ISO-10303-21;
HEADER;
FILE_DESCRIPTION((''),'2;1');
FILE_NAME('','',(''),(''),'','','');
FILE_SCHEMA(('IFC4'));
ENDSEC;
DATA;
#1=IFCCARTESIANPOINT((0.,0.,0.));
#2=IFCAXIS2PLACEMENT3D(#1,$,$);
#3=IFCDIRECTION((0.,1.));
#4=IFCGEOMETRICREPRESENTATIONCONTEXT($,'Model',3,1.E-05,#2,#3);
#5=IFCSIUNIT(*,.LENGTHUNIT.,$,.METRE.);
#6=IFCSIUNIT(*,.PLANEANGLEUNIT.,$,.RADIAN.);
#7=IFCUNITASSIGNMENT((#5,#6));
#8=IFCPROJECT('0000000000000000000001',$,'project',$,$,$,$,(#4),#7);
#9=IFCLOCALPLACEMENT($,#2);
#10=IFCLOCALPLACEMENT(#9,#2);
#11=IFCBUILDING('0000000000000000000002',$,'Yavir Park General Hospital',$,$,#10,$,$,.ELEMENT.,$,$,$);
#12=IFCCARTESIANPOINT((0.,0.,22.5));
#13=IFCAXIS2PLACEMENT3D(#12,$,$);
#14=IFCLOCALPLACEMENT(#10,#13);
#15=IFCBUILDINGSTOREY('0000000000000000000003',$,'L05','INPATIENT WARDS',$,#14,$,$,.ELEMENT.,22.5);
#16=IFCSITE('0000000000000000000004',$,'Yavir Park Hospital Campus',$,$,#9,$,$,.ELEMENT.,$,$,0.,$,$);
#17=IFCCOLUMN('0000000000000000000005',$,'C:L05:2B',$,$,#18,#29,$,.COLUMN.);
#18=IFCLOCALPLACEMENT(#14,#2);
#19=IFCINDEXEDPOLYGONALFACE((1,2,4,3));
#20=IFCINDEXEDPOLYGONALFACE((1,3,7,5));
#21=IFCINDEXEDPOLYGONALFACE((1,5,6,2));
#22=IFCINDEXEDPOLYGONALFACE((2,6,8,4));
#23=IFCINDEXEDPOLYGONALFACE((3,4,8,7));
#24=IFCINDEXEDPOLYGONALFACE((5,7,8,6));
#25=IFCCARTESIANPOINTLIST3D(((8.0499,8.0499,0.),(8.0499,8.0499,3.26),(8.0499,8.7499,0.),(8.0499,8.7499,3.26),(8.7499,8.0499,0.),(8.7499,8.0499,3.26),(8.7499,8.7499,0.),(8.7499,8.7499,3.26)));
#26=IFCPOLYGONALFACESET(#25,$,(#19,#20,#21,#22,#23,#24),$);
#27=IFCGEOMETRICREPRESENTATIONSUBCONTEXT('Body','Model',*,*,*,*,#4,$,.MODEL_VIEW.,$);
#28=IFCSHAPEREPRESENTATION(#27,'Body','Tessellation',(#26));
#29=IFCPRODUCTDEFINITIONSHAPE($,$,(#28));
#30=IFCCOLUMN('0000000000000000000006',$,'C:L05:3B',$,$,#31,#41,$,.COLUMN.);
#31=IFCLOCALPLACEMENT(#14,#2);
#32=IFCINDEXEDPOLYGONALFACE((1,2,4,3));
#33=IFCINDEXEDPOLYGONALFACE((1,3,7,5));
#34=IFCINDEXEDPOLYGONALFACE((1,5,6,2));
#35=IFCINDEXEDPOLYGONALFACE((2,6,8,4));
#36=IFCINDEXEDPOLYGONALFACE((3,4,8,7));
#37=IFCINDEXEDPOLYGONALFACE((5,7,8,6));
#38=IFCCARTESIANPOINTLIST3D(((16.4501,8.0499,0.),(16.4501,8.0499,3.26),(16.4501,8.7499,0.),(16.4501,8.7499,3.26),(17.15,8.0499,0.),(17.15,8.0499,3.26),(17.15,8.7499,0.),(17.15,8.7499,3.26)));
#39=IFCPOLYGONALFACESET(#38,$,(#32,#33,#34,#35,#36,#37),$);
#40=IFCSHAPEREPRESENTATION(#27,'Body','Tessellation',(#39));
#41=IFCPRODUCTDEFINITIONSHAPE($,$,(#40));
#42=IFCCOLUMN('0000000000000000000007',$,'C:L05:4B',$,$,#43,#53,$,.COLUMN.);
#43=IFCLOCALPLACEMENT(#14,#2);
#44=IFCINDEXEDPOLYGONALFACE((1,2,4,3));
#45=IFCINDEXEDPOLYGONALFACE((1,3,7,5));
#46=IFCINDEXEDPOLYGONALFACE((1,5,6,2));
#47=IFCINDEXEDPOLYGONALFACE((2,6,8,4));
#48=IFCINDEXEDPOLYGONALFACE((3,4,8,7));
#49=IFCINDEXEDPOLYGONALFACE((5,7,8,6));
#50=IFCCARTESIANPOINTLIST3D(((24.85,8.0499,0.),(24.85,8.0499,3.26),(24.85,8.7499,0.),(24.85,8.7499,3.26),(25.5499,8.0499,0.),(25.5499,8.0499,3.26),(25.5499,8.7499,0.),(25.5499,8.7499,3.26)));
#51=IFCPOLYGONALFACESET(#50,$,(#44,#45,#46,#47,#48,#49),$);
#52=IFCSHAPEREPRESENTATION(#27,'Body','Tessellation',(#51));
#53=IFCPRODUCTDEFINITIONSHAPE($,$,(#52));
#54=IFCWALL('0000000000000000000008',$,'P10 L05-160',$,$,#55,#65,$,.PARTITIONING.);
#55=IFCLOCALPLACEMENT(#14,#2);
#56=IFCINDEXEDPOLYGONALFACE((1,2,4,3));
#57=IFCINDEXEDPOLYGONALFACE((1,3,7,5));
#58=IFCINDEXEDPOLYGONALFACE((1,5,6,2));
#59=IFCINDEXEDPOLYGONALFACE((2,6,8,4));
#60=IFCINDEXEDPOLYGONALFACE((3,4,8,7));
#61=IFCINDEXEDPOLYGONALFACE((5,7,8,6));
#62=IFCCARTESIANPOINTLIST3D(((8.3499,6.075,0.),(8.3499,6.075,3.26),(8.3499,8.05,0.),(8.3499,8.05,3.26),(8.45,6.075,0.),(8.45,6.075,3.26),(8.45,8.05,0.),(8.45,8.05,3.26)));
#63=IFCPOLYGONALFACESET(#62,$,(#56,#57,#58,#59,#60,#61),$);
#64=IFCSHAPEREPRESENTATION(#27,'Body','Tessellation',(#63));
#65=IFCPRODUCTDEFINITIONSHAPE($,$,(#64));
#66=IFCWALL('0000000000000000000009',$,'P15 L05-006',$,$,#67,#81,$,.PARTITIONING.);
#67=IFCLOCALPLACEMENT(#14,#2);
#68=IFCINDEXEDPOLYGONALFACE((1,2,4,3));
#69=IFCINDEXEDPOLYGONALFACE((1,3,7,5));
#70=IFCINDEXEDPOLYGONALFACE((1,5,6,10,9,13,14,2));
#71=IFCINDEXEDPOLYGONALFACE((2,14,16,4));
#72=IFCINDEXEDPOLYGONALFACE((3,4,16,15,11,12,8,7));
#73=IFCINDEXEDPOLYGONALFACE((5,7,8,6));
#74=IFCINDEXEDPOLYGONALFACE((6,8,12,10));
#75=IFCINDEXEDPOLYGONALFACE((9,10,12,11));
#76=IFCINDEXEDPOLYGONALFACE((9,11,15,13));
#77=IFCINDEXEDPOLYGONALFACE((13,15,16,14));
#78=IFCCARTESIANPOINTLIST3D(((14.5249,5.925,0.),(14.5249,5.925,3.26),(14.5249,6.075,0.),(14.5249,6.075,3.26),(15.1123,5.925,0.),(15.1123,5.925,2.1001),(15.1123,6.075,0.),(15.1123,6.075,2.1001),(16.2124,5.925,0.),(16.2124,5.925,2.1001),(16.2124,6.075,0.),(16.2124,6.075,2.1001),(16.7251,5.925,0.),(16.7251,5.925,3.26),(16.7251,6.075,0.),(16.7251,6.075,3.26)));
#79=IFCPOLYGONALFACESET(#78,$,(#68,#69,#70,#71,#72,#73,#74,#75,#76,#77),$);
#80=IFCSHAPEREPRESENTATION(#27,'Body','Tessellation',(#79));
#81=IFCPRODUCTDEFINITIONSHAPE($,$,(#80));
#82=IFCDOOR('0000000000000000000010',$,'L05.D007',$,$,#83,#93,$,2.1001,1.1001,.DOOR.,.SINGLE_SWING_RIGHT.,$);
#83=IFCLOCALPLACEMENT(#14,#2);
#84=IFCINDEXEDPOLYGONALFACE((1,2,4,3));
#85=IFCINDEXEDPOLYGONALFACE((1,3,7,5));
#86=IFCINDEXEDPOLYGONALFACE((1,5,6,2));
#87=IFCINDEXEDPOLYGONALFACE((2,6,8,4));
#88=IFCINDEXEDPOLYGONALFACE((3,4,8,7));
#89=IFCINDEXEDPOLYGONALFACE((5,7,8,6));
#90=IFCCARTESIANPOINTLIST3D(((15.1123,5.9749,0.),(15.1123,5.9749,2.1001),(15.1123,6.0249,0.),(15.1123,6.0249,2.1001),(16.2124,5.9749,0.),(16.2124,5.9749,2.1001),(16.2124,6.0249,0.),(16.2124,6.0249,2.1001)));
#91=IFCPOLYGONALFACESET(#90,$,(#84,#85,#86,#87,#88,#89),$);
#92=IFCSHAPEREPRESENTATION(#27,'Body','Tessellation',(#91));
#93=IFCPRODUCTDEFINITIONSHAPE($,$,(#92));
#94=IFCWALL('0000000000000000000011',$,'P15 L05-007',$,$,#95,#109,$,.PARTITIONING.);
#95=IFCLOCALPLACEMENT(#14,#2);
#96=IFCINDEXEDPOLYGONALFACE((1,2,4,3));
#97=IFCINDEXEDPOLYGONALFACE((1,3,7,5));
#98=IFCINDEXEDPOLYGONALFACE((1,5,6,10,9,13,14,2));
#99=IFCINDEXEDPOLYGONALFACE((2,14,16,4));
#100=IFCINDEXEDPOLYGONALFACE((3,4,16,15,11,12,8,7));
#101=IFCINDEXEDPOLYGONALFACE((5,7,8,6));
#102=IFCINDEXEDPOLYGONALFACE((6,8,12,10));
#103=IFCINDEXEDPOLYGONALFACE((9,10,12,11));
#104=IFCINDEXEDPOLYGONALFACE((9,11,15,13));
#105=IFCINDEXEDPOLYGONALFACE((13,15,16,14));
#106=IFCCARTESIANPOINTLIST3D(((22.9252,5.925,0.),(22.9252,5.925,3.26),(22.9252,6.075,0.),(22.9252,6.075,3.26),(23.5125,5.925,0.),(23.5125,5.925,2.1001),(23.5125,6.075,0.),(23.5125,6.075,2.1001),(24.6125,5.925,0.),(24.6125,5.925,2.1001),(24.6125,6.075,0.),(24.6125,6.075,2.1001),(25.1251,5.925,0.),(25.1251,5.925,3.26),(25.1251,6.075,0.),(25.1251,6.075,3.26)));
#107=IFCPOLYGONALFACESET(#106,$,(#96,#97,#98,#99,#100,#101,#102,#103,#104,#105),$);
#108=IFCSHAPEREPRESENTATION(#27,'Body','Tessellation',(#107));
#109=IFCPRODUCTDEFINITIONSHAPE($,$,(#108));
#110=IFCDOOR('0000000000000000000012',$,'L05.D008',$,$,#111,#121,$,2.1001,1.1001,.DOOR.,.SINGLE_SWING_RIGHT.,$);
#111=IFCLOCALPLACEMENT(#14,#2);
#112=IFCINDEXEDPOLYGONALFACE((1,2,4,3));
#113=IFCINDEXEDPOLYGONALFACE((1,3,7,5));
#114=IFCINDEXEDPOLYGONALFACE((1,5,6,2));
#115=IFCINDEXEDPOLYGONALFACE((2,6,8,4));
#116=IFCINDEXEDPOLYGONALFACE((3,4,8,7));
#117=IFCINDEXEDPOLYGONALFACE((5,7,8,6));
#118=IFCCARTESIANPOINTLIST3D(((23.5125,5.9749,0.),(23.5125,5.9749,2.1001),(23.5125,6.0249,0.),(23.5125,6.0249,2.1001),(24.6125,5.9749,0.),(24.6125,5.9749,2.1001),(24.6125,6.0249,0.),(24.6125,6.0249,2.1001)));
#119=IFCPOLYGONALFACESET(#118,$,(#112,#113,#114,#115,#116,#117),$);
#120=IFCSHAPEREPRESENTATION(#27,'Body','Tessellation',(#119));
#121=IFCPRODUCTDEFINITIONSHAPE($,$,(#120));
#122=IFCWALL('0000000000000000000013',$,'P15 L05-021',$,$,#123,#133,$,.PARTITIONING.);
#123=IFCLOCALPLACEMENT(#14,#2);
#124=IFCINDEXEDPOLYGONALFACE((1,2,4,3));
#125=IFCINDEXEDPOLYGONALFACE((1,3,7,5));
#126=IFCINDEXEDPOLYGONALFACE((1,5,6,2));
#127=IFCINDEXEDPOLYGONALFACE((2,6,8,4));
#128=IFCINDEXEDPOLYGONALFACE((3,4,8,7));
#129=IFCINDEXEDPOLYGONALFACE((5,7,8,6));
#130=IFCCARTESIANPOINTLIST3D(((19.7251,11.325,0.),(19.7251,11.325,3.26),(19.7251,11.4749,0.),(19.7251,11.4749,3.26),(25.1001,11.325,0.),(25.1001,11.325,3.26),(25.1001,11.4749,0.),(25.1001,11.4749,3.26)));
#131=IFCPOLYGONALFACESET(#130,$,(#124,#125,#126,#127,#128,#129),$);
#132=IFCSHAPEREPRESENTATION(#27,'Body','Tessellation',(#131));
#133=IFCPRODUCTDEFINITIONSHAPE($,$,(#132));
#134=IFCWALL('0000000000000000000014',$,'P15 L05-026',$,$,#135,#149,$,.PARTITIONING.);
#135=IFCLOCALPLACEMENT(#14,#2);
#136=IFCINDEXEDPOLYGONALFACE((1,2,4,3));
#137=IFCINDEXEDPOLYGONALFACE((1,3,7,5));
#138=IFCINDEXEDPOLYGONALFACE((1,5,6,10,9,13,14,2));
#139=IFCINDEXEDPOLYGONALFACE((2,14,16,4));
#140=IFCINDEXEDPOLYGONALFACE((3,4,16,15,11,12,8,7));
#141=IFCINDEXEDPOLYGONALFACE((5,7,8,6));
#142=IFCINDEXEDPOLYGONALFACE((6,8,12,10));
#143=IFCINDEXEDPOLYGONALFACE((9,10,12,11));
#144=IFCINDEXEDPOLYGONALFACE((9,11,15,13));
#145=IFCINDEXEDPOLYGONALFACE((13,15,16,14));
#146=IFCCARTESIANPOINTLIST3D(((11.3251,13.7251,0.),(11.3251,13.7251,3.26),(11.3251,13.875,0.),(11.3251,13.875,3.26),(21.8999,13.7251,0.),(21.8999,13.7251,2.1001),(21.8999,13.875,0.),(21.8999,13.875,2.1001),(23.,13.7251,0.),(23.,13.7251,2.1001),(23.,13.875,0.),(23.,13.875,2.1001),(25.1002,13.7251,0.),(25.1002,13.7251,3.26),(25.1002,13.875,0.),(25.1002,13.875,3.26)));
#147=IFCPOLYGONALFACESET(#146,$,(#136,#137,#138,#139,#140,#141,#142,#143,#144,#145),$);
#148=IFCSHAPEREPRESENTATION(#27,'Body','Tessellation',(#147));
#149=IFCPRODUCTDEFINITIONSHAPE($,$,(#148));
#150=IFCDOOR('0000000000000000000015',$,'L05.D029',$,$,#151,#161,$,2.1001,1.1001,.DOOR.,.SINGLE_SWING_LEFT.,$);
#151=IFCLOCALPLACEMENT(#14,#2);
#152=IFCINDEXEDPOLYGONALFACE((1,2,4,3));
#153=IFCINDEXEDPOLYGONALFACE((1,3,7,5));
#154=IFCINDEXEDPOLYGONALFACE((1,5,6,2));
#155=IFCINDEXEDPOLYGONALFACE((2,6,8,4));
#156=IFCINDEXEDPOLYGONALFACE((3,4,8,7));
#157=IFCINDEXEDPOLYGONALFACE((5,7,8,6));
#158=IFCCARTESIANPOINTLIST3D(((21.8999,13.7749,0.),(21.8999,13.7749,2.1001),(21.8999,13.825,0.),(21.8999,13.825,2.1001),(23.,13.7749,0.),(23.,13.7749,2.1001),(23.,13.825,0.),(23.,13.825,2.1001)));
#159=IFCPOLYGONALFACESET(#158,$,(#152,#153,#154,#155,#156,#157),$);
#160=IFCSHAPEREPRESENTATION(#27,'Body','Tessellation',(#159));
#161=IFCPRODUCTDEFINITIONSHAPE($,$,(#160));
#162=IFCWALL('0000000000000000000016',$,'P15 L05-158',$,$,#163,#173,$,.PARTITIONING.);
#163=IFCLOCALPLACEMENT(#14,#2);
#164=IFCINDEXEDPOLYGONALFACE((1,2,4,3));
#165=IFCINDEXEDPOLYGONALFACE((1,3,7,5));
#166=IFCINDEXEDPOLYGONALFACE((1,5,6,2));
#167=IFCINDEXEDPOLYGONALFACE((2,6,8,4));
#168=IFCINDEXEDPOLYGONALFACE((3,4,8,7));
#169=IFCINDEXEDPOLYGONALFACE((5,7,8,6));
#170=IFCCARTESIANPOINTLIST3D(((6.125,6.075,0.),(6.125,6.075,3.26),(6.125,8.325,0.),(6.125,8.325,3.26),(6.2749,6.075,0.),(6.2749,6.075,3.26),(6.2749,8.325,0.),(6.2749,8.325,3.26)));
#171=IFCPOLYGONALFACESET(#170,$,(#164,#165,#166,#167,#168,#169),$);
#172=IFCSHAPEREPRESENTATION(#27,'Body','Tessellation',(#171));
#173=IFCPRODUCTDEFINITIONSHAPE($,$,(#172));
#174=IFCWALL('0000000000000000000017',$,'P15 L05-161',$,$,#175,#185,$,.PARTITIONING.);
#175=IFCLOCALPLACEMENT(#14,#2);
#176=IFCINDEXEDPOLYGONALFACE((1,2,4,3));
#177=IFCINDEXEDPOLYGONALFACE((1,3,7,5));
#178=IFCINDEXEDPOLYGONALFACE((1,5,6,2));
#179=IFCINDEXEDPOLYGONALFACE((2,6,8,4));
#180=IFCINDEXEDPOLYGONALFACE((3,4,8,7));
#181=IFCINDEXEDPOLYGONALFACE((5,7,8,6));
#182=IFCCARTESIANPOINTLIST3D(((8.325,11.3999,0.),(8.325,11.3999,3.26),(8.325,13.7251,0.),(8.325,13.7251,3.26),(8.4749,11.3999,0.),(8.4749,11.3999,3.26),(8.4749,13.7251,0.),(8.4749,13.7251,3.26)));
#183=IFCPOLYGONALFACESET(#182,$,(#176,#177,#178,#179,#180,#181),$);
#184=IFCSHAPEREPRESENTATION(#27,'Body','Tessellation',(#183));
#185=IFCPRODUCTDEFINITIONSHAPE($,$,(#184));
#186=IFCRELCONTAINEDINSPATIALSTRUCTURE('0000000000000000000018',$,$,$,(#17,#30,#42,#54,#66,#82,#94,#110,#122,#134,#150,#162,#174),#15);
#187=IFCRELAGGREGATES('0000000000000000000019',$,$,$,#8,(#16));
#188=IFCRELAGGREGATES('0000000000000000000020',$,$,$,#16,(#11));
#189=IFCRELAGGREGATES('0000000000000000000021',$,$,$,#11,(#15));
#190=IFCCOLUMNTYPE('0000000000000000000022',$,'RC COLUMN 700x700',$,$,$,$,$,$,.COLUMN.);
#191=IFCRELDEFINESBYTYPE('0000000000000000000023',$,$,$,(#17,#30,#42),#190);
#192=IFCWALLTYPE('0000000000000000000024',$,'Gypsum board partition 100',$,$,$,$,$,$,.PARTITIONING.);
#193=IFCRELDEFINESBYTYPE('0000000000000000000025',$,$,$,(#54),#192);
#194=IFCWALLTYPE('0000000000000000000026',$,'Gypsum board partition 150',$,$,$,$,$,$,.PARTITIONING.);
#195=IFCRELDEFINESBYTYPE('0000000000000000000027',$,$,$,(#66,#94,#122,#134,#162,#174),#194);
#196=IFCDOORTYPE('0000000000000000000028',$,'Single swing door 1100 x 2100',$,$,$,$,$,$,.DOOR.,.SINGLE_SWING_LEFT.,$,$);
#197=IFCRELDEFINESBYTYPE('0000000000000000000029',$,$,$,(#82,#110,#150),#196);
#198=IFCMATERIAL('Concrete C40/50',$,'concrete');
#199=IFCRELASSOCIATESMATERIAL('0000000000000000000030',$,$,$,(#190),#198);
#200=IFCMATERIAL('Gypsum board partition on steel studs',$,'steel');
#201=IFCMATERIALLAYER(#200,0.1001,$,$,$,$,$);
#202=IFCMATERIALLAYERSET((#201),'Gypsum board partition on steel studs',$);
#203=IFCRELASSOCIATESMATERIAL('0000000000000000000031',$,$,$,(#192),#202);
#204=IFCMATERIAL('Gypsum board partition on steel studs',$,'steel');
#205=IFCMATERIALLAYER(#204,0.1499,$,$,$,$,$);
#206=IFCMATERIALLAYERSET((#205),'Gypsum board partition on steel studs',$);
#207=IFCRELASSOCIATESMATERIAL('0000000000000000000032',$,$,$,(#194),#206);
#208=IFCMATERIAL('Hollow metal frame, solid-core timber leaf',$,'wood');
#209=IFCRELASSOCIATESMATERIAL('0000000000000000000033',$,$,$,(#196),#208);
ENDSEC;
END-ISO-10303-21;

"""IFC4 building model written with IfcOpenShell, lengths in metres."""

from ifc_helpers import new_model, si_unit, direction, frame, frame_2d, origin, origin_2d, place, context, subcontext, project, spatial, rectangle, extrude, material, layer, layer_set, material_profile, profile_set, type_object, element, fill, save


model = new_model("IFC4")

# Units and contexts
model_context = context("Model", 3, precision=1e-05, world=origin(), true_north=direction((0.0, 1.0)))
body_context = subcontext(model_context, "Body", "Model", "MODEL_VIEW")
ifc_project = project(units=[si_unit("LENGTHUNIT", "METRE"), si_unit("PLANEANGLEUNIT", "RADIAN")], contexts=[model_context])

# Site, building, storey
site_placement = place(None, origin())
site = spatial("IfcSite", under=ifc_project, at=site_placement, Name="Yavir Park Hospital Campus", CompositionType="ELEMENT", RefElevation=0.0)
building_placement = place(site_placement, origin())
building = spatial("IfcBuilding", under=site, at=building_placement, Name="Yavir Park General Hospital", CompositionType="ELEMENT")
storey_placement = place(building_placement, frame((0.0, 0.0, 22.5)))
storey = spatial("IfcBuildingStorey", under=building, at=storey_placement, Name="L05", Description="INPATIENT WARDS", CompositionType="ELEMENT", Elevation=22.5)

# Columns
ifc_material_1 = material(Name="Concrete C40/50", Category="concrete")
ifc_material_profile = material_profile(ifc_material_1, rectangle(XDim=0.7, YDim=0.7, at=origin_2d()), Name="RC700x700")
ifc_profile_set = profile_set([ifc_material_profile], Name="Concrete C40/50")
column_type = type_object("IfcColumnType", Name="RC COLUMN 700x700", PredefinedType="COLUMN", material=ifc_profile_set)
for number, where, z_axis, x_axis, name in (
    (1, (8.3999, 8.3999, 0.0), (0.0, 0.0, 1.0), (1.0, 0.0, 0.0), "C:L05:2B"),
    (2, (16.8, 8.3999, 0.0), (0.0, 0.0, 1.0), (1.0, 0.0, 0.0), "C:L05:3B"),
    (3, (25.2, 8.3999, 0.0), (0.0, 0.0, 1.0), (1.0, 0.0, 0.0), "C:L05:4B"),
):
    element("IfcColumn", number, at=place(storey_placement, frame(where, z_axis=z_axis, x_axis=x_axis)), inside=storey, type_object=column_type, Name=name, PredefinedType="COLUMN", context=body_context, shape_type="SweptSolid", body=[
        extrude(rectangle(XDim=0.7, YDim=0.7, at=origin_2d()), origin(), (0.0, 0.0, 1.0), 3.26),
    ])

# Wall
ifc_material_2 = material(Name="Gypsum board partition on steel studs", Category="steel")
ifc_layer_1 = layer(ifc_material_2, 0.1001)
ifc_layer_set_1 = layer_set([ifc_layer_1], Name="Gypsum board partition on steel studs")
wall_type_1 = type_object("IfcWallType", Name="Gypsum board partition 100", PredefinedType="PARTITIONING", material=ifc_layer_set_1)
wall_1_placement = place(storey_placement, frame((8.3999, 6.075, 0.0), z_axis=(0.0, 0.0, 1.0), x_axis=(0.0, 1.0, 0.0)))
element("IfcWall", 4, at=wall_1_placement, inside=storey, type_object=wall_type_1, Name="P10 L05-160", PredefinedType="PARTITIONING", context=body_context, shape_type="SweptSolid", body=[
    extrude(rectangle(XDim=1.9751, YDim=0.1001, at=frame_2d((0.9875, 0.0))), origin(), (0.0, 0.0, 1.0), 3.26),
])

# Walls, openings, doors
ifc_material_3 = material(Name="Gypsum board partition on steel studs", Category="steel")
ifc_layer_2 = layer(ifc_material_3, 0.1499)
ifc_layer_set_2 = layer_set([ifc_layer_2], Name="Gypsum board partition on steel studs")
wall_type_2 = type_object("IfcWallType", Name="Gypsum board partition 150", PredefinedType="PARTITIONING", material=ifc_layer_set_2)
wall_2_placement = place(storey_placement, frame((14.5249, 6.0, 0.0), z_axis=(0.0, 0.0, 1.0), x_axis=(1.0, 0.0, 0.0)))
wall_2 = element("IfcWall", 5, at=wall_2_placement, inside=storey, type_object=wall_type_2, Name="P15 L05-006", PredefinedType="PARTITIONING", context=body_context, shape_type="SweptSolid", body=[
    extrude(rectangle(XDim=2.2002, YDim=0.1499, at=frame_2d((1.1001, 0.0))), origin(), (0.0, 0.0, 1.0), 3.26),
])
opening_1_placement = place(wall_2_placement, frame((0.5874, 0.0, 0.0)))
opening_1 = element("IfcOpeningElement", 6, at=opening_1_placement, cuts=wall_2, PredefinedType="OPENING", context=body_context, shape_type="SweptSolid", body=[
    extrude(rectangle(XDim=1.1001, YDim=2.1001, at=frame_2d((0.55, 1.05))), frame((0.0, 0.085, 0.0), z_axis=(0.0, -1.0, 0.0), x_axis=(1.0, 0.0, 0.0)), (0.0, 0.0, 1.0), 0.1699),
])
ifc_material_4 = material(Name="Hollow metal frame, solid-core timber leaf", Category="wood")
door_type_1 = type_object("IfcDoorType", Name="Single swing door 1100 x 2100", OperationType="SINGLE_SWING_LEFT", PredefinedType="DOOR", material=ifc_material_4)
door_1_placement = place(opening_1_placement, origin())
door_1 = element("IfcDoor", 7, at=door_1_placement, inside=storey, type_object=door_type_1, Name="L05.D007", OperationType="SINGLE_SWING_RIGHT", OverallHeight=2.1001, OverallWidth=1.1001, PredefinedType="DOOR", context=body_context, shape_type="SweptSolid", body=[
    extrude(rectangle(XDim=1.1001, YDim=2.1001, at=frame_2d((0.55, 1.05))), frame((0.0, 0.0249, 0.0), z_axis=(0.0, -1.0, 0.0), x_axis=(1.0, 0.0, 0.0)), (0.0, 0.0, 1.0), 0.05),
])
fill(opening_1, door_1)
wall_3_placement = place(storey_placement, frame((22.925, 6.0, 0.0), z_axis=(0.0, 0.0, 1.0), x_axis=(1.0, 0.0, 0.0)))
wall_3 = element("IfcWall", 8, at=wall_3_placement, inside=storey, type_object=wall_type_2, Name="P15 L05-007", PredefinedType="PARTITIONING", context=body_context, shape_type="SweptSolid", body=[
    extrude(rectangle(XDim=2.2, YDim=0.1499, at=frame_2d((1.1001, 0.0))), origin(), (0.0, 0.0, 1.0), 3.26),
])
opening_2_placement = place(wall_3_placement, frame((0.5874, 0.0, 0.0)))
opening_2 = element("IfcOpeningElement", 9, at=opening_2_placement, cuts=wall_3, PredefinedType="OPENING", context=body_context, shape_type="SweptSolid", body=[
    extrude(rectangle(XDim=1.1001, YDim=2.1001, at=frame_2d((0.55, 1.05))), frame((0.0, 0.085, 0.0), z_axis=(0.0, -1.0, 0.0), x_axis=(1.0, 0.0, 0.0)), (0.0, 0.0, 1.0), 0.1699),
])
door_2_placement = place(opening_2_placement, origin())
door_2 = element("IfcDoor", 10, at=door_2_placement, inside=storey, type_object=door_type_1, Name="L05.D008", OperationType="SINGLE_SWING_RIGHT", OverallHeight=2.1001, OverallWidth=1.1001, PredefinedType="DOOR", context=body_context, shape_type="SweptSolid", body=[
    extrude(rectangle(XDim=1.1001, YDim=2.1001, at=frame_2d((0.55, 1.05))), frame((0.0, 0.0249, 0.0), z_axis=(0.0, -1.0, 0.0), x_axis=(1.0, 0.0, 0.0)), (0.0, 0.0, 1.0), 0.05),
])
fill(opening_2, door_2)

# Wall
wall_4_placement = place(storey_placement, frame((19.7251, 11.3999, 0.0), z_axis=(0.0, 0.0, 1.0), x_axis=(1.0, 0.0, 0.0)))
element("IfcWall", 11, at=wall_4_placement, inside=storey, type_object=wall_type_2, Name="P15 L05-021", PredefinedType="PARTITIONING", context=body_context, shape_type="SweptSolid", body=[
    extrude(rectangle(XDim=5.375, YDim=0.1499, at=frame_2d((2.6875, 0.0))), origin(), (0.0, 0.0, 1.0), 3.26),
])

# Wall, opening, door
wall_5_placement = place(storey_placement, frame((11.325, 13.8, 0.0), z_axis=(0.0, 0.0, 1.0), x_axis=(1.0, 0.0, 0.0)))
wall_5 = element("IfcWall", 12, at=wall_5_placement, inside=storey, type_object=wall_type_2, Name="P15 L05-026", PredefinedType="PARTITIONING", context=body_context, shape_type="SweptSolid", body=[
    extrude(rectangle(XDim=13.7751, YDim=0.1499, at=frame_2d((6.8877, 0.0))), origin(), (0.0, 0.0, 1.0), 3.26),
])
opening_3_placement = place(wall_5_placement, frame((10.575, 0.0, 0.0)))
opening_3 = element("IfcOpeningElement", 13, at=opening_3_placement, cuts=wall_5, PredefinedType="OPENING", context=body_context, shape_type="SweptSolid", body=[
    extrude(rectangle(XDim=1.1001, YDim=2.1001, at=frame_2d((0.55, 1.05))), frame((0.0, 0.085, 0.0), z_axis=(0.0, -1.0, 0.0), x_axis=(1.0, 0.0, 0.0)), (0.0, 0.0, 1.0), 0.1699),
])
door_3_placement = place(opening_3_placement, origin())
door_3 = element("IfcDoor", 14, at=door_3_placement, inside=storey, type_object=door_type_1, Name="L05.D029", OperationType="SINGLE_SWING_LEFT", OverallHeight=2.1001, OverallWidth=1.1001, PredefinedType="DOOR", context=body_context, shape_type="SweptSolid", body=[
    extrude(rectangle(XDim=1.1001, YDim=2.1001, at=frame_2d((0.55, 1.05))), frame((0.0, 0.0249, 0.0), z_axis=(0.0, -1.0, 0.0), x_axis=(1.0, 0.0, 0.0)), (0.0, 0.0, 1.0), 0.05),
])
fill(opening_3, door_3)

# Walls
wall_6_placement = place(storey_placement, frame((6.2, 6.075, 0.0), z_axis=(0.0, 0.0, 1.0), x_axis=(0.0, 1.0, 0.0)))
element("IfcWall", 15, at=wall_6_placement, inside=storey, type_object=wall_type_2, Name="P15 L05-158", PredefinedType="PARTITIONING", context=body_context, shape_type="SweptSolid", body=[
    extrude(rectangle(XDim=2.25, YDim=0.1499, at=frame_2d((1.125, 0.0))), origin(), (0.0, 0.0, 1.0), 3.26),
])
wall_7_placement = place(storey_placement, frame((8.3999, 11.3999, 0.0), z_axis=(0.0, 0.0, 1.0), x_axis=(0.0, 1.0, 0.0)))
element("IfcWall", 16, at=wall_7_placement, inside=storey, type_object=wall_type_2, Name="P15 L05-161", PredefinedType="PARTITIONING", context=body_context, shape_type="SweptSolid", body=[
    extrude(rectangle(XDim=2.3252, YDim=0.1499, at=frame_2d((1.1626, 0.0))), origin(), (0.0, 0.0, 1.0), 3.26),
])

save(model, "model.ifc")
